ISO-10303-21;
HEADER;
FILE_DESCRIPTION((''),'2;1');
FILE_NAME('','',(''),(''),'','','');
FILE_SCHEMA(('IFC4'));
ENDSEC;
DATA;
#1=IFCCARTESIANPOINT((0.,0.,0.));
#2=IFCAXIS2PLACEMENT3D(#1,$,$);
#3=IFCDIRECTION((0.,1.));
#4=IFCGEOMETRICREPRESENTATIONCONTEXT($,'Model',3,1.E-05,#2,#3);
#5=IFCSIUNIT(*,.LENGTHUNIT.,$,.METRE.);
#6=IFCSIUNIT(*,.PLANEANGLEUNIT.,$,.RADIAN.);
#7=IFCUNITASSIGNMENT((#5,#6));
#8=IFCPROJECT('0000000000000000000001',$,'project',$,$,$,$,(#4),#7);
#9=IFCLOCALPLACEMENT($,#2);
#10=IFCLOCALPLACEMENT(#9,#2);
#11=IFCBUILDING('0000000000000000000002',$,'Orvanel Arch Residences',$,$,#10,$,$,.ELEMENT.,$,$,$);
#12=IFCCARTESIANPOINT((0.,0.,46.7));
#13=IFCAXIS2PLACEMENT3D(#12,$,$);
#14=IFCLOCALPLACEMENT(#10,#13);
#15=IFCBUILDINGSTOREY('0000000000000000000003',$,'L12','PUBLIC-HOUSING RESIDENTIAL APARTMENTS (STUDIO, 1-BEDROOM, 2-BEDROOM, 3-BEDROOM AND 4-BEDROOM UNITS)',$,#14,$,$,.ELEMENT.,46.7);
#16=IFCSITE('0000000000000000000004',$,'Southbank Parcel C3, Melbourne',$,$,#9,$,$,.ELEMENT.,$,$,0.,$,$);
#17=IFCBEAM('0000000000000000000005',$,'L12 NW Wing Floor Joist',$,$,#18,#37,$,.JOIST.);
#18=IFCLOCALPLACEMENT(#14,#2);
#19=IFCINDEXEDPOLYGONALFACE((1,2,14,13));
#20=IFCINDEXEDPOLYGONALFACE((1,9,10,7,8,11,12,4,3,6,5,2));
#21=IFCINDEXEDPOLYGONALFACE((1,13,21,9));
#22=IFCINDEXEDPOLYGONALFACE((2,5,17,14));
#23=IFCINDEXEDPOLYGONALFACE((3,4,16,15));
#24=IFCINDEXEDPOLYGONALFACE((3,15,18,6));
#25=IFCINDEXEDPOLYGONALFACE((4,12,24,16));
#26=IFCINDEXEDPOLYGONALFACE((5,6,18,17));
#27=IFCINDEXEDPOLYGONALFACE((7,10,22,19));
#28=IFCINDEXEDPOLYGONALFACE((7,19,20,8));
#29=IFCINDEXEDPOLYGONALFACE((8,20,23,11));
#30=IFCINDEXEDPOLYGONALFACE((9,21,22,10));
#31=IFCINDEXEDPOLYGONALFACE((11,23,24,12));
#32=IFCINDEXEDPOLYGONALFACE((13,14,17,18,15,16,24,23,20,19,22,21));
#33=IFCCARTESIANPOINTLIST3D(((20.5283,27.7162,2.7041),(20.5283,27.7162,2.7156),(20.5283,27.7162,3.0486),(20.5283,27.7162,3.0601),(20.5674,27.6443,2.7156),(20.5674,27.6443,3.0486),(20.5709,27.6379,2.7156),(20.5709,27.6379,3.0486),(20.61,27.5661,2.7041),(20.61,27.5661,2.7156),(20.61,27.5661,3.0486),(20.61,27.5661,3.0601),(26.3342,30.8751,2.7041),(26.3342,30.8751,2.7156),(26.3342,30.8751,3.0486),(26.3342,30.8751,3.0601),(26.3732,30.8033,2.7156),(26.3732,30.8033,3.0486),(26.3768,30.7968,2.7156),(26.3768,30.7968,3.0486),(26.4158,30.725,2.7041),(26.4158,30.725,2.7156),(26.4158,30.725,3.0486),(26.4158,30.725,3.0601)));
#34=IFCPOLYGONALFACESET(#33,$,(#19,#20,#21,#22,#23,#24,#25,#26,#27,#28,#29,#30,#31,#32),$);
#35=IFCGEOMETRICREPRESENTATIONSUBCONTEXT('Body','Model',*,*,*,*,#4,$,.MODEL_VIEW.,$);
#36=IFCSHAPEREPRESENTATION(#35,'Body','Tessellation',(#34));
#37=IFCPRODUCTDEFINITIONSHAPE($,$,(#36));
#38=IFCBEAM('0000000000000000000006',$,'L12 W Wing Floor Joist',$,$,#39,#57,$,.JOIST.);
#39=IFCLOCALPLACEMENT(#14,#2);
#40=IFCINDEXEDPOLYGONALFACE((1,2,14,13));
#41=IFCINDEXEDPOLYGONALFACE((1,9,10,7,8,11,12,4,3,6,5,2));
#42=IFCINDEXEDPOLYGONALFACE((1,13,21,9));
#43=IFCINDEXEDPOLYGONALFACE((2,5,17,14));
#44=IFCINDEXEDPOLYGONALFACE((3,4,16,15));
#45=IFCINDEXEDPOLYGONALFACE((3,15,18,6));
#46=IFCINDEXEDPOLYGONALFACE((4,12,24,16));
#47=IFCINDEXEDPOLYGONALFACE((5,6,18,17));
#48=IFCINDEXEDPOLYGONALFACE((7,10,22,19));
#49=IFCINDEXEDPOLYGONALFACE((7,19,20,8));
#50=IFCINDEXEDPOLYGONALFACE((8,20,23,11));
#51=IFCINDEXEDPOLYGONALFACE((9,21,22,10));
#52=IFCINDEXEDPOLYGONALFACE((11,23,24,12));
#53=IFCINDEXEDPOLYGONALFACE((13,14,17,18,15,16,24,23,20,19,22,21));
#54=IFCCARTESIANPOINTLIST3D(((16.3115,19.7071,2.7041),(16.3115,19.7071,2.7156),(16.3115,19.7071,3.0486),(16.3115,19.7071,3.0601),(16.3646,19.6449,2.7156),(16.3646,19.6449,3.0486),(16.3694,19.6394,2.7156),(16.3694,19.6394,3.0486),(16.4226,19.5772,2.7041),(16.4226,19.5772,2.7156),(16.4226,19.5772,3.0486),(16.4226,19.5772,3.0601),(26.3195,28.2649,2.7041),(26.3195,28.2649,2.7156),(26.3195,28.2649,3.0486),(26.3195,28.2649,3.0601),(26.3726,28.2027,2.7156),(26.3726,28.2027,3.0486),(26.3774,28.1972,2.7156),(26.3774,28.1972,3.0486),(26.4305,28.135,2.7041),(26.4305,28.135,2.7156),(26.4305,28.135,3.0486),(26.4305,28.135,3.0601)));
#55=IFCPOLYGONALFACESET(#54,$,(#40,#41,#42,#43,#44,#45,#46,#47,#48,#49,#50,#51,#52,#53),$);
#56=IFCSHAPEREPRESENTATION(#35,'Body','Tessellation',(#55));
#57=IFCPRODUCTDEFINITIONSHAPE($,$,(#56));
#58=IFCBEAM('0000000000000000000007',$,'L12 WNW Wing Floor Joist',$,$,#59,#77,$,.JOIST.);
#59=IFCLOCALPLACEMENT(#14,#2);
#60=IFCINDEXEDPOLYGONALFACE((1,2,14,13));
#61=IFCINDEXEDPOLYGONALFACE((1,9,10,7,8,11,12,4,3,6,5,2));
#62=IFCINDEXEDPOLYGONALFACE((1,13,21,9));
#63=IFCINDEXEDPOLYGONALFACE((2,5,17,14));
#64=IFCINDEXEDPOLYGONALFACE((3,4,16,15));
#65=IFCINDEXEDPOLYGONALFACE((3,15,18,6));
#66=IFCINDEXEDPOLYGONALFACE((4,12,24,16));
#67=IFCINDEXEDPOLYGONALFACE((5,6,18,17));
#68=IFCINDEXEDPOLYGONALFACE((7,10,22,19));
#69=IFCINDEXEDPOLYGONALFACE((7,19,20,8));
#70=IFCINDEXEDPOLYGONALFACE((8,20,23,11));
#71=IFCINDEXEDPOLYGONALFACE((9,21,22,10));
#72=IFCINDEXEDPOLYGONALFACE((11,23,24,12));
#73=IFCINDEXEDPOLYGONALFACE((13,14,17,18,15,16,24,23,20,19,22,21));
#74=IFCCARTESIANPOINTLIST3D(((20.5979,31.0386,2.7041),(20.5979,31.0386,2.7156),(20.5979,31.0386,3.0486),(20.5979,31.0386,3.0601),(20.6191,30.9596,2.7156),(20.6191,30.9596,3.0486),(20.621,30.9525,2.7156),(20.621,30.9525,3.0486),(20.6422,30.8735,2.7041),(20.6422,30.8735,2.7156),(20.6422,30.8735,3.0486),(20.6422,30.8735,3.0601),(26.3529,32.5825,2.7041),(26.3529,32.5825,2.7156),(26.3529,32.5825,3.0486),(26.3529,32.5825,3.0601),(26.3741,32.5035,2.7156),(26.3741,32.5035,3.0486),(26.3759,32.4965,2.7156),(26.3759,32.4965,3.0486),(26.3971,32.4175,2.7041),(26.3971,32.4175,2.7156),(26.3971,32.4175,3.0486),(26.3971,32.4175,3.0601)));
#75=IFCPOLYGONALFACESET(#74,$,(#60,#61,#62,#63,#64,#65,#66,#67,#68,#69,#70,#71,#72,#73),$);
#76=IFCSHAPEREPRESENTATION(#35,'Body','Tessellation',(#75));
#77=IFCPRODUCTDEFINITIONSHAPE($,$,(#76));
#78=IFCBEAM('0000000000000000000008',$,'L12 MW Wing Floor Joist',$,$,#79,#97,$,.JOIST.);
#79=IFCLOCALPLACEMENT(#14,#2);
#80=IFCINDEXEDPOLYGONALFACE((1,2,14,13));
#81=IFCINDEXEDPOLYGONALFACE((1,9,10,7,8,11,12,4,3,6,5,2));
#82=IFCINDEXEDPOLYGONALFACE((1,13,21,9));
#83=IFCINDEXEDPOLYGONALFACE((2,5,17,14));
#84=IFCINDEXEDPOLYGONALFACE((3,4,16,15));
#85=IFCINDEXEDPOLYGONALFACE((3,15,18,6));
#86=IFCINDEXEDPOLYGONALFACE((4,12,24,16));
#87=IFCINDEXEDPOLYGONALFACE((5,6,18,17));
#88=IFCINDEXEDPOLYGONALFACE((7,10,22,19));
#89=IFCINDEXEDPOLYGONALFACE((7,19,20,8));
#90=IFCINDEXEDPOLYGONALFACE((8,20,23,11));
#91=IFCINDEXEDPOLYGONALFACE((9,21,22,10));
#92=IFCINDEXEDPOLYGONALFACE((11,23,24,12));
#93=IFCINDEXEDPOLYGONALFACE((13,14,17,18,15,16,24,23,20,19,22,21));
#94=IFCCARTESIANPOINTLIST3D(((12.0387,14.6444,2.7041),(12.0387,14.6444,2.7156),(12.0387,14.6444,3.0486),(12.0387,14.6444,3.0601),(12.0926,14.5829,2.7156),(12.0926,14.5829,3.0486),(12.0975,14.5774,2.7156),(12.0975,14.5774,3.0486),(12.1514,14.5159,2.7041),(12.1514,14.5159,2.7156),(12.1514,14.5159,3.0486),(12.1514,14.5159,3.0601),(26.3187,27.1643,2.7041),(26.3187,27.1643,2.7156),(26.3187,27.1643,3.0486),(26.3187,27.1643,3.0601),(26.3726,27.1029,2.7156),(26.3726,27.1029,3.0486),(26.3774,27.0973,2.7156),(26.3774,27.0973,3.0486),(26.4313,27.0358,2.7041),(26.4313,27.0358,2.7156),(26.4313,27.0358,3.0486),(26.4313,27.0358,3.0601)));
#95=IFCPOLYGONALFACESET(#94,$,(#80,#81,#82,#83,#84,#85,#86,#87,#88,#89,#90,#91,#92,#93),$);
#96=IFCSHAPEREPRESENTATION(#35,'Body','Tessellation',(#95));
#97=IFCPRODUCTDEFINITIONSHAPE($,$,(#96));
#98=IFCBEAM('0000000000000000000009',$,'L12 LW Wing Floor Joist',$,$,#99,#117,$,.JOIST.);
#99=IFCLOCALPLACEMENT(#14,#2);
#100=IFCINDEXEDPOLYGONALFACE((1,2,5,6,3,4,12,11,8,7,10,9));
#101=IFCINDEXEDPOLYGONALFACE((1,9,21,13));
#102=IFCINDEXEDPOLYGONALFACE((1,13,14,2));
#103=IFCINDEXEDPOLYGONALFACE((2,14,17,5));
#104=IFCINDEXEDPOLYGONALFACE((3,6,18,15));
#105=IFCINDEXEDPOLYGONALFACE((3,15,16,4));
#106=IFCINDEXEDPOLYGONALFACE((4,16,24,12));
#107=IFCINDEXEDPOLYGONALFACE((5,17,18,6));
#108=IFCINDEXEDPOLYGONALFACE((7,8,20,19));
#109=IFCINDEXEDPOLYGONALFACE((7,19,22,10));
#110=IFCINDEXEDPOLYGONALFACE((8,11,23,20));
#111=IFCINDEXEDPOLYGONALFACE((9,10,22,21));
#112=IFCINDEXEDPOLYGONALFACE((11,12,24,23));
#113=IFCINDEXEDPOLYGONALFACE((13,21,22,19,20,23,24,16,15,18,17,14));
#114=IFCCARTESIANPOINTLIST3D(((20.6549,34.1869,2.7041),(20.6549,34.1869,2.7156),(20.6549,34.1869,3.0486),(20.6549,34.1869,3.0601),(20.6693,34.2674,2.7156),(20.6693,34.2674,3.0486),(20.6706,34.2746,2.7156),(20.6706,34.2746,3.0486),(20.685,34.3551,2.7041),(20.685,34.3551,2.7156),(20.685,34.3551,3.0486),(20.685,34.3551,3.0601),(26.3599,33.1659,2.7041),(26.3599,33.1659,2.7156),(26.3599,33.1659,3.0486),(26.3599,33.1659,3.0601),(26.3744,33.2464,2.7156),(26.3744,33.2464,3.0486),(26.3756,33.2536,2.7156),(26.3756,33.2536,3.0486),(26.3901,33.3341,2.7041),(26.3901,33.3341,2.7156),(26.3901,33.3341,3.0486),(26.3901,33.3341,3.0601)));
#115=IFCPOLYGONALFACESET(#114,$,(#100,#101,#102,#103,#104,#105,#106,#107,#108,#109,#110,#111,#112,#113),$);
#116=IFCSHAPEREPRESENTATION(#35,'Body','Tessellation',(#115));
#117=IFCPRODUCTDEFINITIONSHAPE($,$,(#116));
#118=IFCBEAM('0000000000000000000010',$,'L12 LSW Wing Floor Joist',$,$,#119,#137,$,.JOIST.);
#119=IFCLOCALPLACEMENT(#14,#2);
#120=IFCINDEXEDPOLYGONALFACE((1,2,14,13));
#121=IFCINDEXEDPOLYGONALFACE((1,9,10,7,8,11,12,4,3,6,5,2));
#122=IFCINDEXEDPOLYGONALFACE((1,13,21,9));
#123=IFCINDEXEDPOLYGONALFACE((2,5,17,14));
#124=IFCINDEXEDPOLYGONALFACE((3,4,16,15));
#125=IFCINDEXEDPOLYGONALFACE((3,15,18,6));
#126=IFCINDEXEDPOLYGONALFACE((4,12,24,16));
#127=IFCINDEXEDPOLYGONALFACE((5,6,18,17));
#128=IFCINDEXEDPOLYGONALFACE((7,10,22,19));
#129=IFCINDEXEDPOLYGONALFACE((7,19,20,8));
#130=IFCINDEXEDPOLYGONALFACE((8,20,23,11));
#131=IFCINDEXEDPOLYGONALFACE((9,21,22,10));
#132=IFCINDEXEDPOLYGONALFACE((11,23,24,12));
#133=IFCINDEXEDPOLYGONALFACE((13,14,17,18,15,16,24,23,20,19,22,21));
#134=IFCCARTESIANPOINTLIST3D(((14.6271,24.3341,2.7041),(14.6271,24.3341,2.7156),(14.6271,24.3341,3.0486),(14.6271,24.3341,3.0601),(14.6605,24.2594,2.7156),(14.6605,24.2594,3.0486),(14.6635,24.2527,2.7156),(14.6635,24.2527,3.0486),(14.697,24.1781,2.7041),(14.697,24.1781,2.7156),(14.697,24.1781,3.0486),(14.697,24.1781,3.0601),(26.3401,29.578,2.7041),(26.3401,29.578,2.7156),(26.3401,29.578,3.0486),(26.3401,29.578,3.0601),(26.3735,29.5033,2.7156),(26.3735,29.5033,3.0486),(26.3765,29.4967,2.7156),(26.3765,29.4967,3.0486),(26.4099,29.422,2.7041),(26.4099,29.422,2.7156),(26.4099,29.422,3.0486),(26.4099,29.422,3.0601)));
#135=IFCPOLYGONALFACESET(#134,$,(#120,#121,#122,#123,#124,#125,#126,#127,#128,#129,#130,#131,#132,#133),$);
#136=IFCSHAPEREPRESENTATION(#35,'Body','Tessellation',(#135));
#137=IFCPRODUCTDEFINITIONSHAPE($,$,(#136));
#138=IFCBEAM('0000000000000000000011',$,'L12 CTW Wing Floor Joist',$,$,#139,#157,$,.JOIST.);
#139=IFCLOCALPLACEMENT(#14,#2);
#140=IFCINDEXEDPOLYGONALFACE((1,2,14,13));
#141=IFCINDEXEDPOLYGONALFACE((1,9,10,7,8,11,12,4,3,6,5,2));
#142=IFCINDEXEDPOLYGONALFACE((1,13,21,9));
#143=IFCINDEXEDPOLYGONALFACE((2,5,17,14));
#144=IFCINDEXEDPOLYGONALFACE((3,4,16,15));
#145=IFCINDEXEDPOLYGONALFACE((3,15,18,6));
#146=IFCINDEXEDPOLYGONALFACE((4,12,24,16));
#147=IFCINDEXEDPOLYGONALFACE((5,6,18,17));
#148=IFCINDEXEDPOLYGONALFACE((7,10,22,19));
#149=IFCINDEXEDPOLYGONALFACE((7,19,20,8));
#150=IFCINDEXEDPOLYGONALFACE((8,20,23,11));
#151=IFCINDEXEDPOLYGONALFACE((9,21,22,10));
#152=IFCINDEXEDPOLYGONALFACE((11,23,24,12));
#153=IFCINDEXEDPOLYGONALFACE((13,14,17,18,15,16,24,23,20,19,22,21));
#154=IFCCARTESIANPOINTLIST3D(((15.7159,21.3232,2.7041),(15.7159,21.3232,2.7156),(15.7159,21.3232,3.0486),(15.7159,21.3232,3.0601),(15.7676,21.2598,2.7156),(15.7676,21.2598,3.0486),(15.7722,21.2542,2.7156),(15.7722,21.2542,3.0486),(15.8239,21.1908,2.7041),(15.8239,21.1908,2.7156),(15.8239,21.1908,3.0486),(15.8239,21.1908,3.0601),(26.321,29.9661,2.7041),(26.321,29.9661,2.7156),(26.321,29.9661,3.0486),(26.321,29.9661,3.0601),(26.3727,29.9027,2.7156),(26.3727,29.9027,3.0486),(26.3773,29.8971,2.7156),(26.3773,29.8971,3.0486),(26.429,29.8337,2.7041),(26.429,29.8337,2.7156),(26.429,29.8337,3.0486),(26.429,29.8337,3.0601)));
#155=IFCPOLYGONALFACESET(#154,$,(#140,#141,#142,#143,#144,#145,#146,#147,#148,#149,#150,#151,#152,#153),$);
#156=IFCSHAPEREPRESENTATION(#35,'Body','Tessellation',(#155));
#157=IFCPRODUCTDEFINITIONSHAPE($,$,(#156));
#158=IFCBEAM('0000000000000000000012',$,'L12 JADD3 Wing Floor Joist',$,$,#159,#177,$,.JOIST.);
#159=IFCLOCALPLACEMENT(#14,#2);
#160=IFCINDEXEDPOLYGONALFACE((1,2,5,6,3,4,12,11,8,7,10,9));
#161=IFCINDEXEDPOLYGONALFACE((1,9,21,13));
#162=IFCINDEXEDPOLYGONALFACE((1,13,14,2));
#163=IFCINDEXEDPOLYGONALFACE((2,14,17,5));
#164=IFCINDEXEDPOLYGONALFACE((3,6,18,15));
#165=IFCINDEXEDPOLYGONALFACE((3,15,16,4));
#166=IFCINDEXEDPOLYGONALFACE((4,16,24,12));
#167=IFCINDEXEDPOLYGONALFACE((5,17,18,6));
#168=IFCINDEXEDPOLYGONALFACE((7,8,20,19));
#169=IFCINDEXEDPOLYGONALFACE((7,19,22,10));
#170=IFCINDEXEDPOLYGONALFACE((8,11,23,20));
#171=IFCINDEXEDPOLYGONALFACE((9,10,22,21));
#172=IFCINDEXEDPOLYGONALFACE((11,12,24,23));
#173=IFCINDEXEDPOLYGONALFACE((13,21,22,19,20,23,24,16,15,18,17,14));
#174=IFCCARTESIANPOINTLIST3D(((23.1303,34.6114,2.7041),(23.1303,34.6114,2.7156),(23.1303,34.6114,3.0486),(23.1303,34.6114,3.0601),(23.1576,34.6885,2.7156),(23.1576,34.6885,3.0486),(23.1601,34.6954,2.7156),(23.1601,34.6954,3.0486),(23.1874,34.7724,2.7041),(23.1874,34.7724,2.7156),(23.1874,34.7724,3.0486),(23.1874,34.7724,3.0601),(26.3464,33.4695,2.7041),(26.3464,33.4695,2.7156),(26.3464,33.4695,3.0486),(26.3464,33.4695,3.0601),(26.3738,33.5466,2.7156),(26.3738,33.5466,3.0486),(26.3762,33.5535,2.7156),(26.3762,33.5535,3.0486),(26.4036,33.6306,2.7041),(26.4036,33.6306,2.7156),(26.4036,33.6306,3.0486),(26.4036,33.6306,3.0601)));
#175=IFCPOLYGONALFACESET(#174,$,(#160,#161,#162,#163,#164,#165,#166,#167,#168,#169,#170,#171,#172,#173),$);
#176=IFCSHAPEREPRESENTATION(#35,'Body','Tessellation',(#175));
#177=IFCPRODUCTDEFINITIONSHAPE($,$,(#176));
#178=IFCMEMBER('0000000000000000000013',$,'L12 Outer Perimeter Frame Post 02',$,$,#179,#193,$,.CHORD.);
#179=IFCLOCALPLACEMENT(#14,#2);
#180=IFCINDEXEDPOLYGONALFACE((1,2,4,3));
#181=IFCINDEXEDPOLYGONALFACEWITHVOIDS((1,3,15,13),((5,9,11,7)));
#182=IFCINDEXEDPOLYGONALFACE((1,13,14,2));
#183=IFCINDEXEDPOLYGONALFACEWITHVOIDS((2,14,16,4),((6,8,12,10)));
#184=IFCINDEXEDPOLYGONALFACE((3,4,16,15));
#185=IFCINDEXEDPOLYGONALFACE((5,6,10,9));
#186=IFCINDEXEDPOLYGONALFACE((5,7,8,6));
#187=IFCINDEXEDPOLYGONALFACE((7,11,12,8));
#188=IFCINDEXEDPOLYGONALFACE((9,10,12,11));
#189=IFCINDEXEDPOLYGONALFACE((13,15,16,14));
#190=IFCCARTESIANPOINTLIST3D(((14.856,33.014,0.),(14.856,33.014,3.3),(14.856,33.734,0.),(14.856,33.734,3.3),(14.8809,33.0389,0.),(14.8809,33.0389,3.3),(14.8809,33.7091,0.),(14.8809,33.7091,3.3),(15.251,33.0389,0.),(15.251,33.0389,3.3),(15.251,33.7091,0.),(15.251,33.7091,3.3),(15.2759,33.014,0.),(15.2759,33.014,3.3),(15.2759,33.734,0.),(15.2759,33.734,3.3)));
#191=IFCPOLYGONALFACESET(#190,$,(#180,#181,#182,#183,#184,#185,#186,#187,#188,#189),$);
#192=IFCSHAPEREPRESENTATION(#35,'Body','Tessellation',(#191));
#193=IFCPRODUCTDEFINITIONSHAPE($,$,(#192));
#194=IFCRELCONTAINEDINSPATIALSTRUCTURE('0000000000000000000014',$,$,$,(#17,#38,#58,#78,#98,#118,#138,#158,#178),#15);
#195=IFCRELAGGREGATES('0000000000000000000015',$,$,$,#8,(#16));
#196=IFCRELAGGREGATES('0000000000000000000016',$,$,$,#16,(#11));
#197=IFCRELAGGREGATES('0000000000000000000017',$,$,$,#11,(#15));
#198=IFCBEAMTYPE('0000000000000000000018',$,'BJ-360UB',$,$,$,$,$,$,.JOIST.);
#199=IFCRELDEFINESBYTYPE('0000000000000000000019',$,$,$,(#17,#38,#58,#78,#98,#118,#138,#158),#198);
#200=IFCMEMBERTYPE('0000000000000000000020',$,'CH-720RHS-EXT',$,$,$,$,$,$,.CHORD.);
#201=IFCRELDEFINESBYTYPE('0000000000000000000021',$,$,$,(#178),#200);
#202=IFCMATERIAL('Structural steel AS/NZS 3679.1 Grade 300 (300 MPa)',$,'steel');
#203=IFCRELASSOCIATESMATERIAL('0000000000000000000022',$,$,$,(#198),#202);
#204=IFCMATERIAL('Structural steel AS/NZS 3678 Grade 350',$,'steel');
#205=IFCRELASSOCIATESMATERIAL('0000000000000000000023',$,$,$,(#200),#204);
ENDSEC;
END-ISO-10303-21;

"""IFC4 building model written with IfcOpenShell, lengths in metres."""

from ifc_helpers import new_model, si_unit, direction, frame, origin, origin_2d, place, context, subcontext, project, spatial, hollow_rectangle, i_section, extrude, material, material_profile, profile_set, type_object, element, save


model = new_model("IFC4")

# Units and contexts
model_context = context("Model", 3, precision=1e-05, world=origin(), true_north=direction((0.0, 1.0)))
body_context = subcontext(model_context, "Body", "Model", "MODEL_VIEW")
ifc_project = project(units=[si_unit("LENGTHUNIT", "METRE"), si_unit("PLANEANGLEUNIT", "RADIAN")], contexts=[model_context])

# Site, building, storey
site_placement = place(None, origin())
site = spatial("IfcSite", under=ifc_project, at=site_placement, Name="Southbank Parcel C3, Melbourne", CompositionType="ELEMENT", RefElevation=0.0)
building_placement = place(site_placement, origin())
building = spatial("IfcBuilding", under=site, at=building_placement, Name="Orvanel Arch Residences", CompositionType="ELEMENT")
storey_placement = place(building_placement, frame((0.0, 0.0, 46.7)))
storey = spatial("IfcBuildingStorey", under=building, at=storey_placement, Name="L12", Description="PUBLIC-HOUSING RESIDENTIAL APARTMENTS (STUDIO, 1-BEDROOM, 2-BEDROOM, 3-BEDROOM AND 4-BEDROOM UNITS)", CompositionType="ELEMENT", Elevation=46.7)

# Beams
ifc_material_1 = material(Name="Structural steel AS/NZS 3679.1 Grade 300 (300 MPa)", Category="steel")
ifc_material_profile_1 = material_profile(ifc_material_1, i_section(OverallWidth=0.1709, OverallDepth=0.356, WebThickness=0.0073, FlangeThickness=0.0115, at=origin_2d()), Name="360UB50.7")
ifc_profile_set_1 = profile_set([ifc_material_profile_1], Name="Structural steel AS/NZS 3679.1 Grade 300 (300 MPa)")
beam_type_1 = type_object("IfcBeamType", Name="BJ-360UB", PredefinedType="JOIST", material=ifc_profile_set_1)
beam_1_placement = place(storey_placement, frame((26.375, 30.8, 2.8821), z_axis=(-0.878399, -0.477928, 0.0), x_axis=(0.477928, -0.878399, 0.0)))
element("IfcBeam", 1, at=beam_1_placement, inside=storey, type_object=beam_type_1, Name="L12 NW Wing Floor Joist", PredefinedType="JOIST", context=body_context, shape_type="SweptSolid", body=[
    extrude(i_section(OverallWidth=0.1709, OverallDepth=0.356, WebThickness=0.0073, FlangeThickness=0.0115, at=origin_2d()), origin(), (0.0, 0.0, 1.0), 6.6096),
])
beam_2_placement = place(storey_placement, frame((26.375, 28.2, 2.8821), z_axis=(-0.760024, -0.649895, 0.0), x_axis=(0.649895, -0.760024, 0.0)))
element("IfcBeam", 2, at=beam_2_placement, inside=storey, type_object=beam_type_1, Name="L12 W Wing Floor Joist", PredefinedType="JOIST", context=body_context, shape_type="SweptSolid", body=[
    extrude(i_section(OverallWidth=0.1709, OverallDepth=0.356, WebThickness=0.0073, FlangeThickness=0.0115, at=origin_2d()), origin(), (0.0, 0.0, 1.0), 13.168),
])
beam_3_placement = place(storey_placement, frame((26.375, 32.5, 2.8821), z_axis=(-0.965845, -0.259121, 0.0), x_axis=(0.259121, -0.965845, 0.0)))
element("IfcBeam", 3, at=beam_3_placement, inside=storey, type_object=beam_type_1, Name="L12 WNW Wing Floor Joist", PredefinedType="JOIST", context=body_context, shape_type="SweptSolid", body=[
    extrude(i_section(OverallWidth=0.1709, OverallDepth=0.356, WebThickness=0.0073, FlangeThickness=0.0115, at=origin_2d()), origin(), (0.0, 0.0, 1.0), 5.9585),
])
beam_4_placement = place(storey_placement, frame((26.375, 27.1001, 2.8821), z_axis=(-0.751924, -0.65925, 0.0), x_axis=(0.65925, -0.751924, 0.0)))
element("IfcBeam", 4, at=beam_4_placement, inside=storey, type_object=beam_type_1, Name="L12 MW Wing Floor Joist", PredefinedType="JOIST", context=body_context, shape_type="SweptSolid", body=[
    extrude(i_section(OverallWidth=0.1709, OverallDepth=0.356, WebThickness=0.0073, FlangeThickness=0.0115, at=origin_2d()), origin(), (0.0, 0.0, 1.0), 18.9912),
])
beam_5_placement = place(storey_placement, frame((26.375, 33.25, 2.8821), z_axis=(-0.984361, 0.176164, 0.0), x_axis=(-0.176164, -0.984361, 0.0)))
element("IfcBeam", 5, at=beam_5_placement, inside=storey, type_object=beam_type_1, Name="L12 LW Wing Floor Joist", PredefinedType="JOIST", context=body_context, shape_type="SweptSolid", body=[
    extrude(i_section(OverallWidth=0.1709, OverallDepth=0.356, WebThickness=0.0073, FlangeThickness=0.0115, at=origin_2d()), origin(), (0.0, 0.0, 1.0), 5.7957),
])
beam_6_placement = place(storey_placement, frame((26.375, 29.5, 2.8821), z_axis=(-0.912704, -0.408621, 0.0), x_axis=(0.408621, -0.912704, 0.0)))
element("IfcBeam", 6, at=beam_6_placement, inside=storey, type_object=beam_type_1, Name="L12 LSW Wing Floor Joist", PredefinedType="JOIST", context=body_context, shape_type="SweptSolid", body=[
    extrude(i_section(OverallWidth=0.1709, OverallDepth=0.356, WebThickness=0.0073, FlangeThickness=0.0115, at=origin_2d()), origin(), (0.0, 0.0, 1.0), 12.8333),
])
beam_7_placement = place(storey_placement, frame((26.375, 29.8999, 2.8821), z_axis=(-0.775173, -0.631749, 0.0), x_axis=(0.631749, -0.775173, 0.0)))
element("IfcBeam", 7, at=beam_7_placement, inside=storey, type_object=beam_type_1, Name="L12 CTW Wing Floor Joist", PredefinedType="JOIST", context=body_context, shape_type="SweptSolid", body=[
    extrude(i_section(OverallWidth=0.1709, OverallDepth=0.356, WebThickness=0.0073, FlangeThickness=0.0115, at=origin_2d()), origin(), (0.0, 0.0, 1.0), 13.6809),
])
beam_8_placement = place(storey_placement, frame((26.375, 33.55, 2.8821), z_axis=(-0.942367, 0.334582, 0.0), x_axis=(-0.334582, -0.942367, 0.0)))
element("IfcBeam", 8, at=beam_8_placement, inside=storey, type_object=beam_type_1, Name="L12 JADD3 Wing Floor Joist", PredefinedType="JOIST", context=body_context, shape_type="SweptSolid", body=[
    extrude(i_section(OverallWidth=0.1709, OverallDepth=0.356, WebThickness=0.0073, FlangeThickness=0.0115, at=origin_2d()), origin(), (0.0, 0.0, 1.0), 3.4128),
])

# Member
ifc_material_2 = material(Name="Structural steel AS/NZS 3678 Grade 350", Category="steel")
ifc_material_profile_2 = material_profile(ifc_material_2, hollow_rectangle(XDim=0.4199, YDim=0.72, WallThickness=0.0249, at=origin_2d()), Name="RHS720x420x25")
ifc_profile_set_2 = profile_set([ifc_material_profile_2], Name="Structural steel AS/NZS 3678 Grade 350")
member_type_1 = type_object("IfcMemberType", Name="CH-720RHS-EXT", PredefinedType="CHORD", material=ifc_profile_set_2)
member_1_placement = place(storey_placement, frame((15.0659, 33.374, 0.0), z_axis=(0.0, 0.0, 1.0), x_axis=(1.0, 0.0, 0.0)))
element("IfcMember", 9, at=member_1_placement, inside=storey, type_object=member_type_1, Name="L12 Outer Perimeter Frame Post 02", PredefinedType="CHORD", context=body_context, shape_type="SweptSolid", body=[
    extrude(hollow_rectangle(XDim=0.4199, YDim=0.72, WallThickness=0.0249, at=origin_2d()), origin(), (0.0, 0.0, 1.0), 3.3),
])

save(model, "model.ifc")
